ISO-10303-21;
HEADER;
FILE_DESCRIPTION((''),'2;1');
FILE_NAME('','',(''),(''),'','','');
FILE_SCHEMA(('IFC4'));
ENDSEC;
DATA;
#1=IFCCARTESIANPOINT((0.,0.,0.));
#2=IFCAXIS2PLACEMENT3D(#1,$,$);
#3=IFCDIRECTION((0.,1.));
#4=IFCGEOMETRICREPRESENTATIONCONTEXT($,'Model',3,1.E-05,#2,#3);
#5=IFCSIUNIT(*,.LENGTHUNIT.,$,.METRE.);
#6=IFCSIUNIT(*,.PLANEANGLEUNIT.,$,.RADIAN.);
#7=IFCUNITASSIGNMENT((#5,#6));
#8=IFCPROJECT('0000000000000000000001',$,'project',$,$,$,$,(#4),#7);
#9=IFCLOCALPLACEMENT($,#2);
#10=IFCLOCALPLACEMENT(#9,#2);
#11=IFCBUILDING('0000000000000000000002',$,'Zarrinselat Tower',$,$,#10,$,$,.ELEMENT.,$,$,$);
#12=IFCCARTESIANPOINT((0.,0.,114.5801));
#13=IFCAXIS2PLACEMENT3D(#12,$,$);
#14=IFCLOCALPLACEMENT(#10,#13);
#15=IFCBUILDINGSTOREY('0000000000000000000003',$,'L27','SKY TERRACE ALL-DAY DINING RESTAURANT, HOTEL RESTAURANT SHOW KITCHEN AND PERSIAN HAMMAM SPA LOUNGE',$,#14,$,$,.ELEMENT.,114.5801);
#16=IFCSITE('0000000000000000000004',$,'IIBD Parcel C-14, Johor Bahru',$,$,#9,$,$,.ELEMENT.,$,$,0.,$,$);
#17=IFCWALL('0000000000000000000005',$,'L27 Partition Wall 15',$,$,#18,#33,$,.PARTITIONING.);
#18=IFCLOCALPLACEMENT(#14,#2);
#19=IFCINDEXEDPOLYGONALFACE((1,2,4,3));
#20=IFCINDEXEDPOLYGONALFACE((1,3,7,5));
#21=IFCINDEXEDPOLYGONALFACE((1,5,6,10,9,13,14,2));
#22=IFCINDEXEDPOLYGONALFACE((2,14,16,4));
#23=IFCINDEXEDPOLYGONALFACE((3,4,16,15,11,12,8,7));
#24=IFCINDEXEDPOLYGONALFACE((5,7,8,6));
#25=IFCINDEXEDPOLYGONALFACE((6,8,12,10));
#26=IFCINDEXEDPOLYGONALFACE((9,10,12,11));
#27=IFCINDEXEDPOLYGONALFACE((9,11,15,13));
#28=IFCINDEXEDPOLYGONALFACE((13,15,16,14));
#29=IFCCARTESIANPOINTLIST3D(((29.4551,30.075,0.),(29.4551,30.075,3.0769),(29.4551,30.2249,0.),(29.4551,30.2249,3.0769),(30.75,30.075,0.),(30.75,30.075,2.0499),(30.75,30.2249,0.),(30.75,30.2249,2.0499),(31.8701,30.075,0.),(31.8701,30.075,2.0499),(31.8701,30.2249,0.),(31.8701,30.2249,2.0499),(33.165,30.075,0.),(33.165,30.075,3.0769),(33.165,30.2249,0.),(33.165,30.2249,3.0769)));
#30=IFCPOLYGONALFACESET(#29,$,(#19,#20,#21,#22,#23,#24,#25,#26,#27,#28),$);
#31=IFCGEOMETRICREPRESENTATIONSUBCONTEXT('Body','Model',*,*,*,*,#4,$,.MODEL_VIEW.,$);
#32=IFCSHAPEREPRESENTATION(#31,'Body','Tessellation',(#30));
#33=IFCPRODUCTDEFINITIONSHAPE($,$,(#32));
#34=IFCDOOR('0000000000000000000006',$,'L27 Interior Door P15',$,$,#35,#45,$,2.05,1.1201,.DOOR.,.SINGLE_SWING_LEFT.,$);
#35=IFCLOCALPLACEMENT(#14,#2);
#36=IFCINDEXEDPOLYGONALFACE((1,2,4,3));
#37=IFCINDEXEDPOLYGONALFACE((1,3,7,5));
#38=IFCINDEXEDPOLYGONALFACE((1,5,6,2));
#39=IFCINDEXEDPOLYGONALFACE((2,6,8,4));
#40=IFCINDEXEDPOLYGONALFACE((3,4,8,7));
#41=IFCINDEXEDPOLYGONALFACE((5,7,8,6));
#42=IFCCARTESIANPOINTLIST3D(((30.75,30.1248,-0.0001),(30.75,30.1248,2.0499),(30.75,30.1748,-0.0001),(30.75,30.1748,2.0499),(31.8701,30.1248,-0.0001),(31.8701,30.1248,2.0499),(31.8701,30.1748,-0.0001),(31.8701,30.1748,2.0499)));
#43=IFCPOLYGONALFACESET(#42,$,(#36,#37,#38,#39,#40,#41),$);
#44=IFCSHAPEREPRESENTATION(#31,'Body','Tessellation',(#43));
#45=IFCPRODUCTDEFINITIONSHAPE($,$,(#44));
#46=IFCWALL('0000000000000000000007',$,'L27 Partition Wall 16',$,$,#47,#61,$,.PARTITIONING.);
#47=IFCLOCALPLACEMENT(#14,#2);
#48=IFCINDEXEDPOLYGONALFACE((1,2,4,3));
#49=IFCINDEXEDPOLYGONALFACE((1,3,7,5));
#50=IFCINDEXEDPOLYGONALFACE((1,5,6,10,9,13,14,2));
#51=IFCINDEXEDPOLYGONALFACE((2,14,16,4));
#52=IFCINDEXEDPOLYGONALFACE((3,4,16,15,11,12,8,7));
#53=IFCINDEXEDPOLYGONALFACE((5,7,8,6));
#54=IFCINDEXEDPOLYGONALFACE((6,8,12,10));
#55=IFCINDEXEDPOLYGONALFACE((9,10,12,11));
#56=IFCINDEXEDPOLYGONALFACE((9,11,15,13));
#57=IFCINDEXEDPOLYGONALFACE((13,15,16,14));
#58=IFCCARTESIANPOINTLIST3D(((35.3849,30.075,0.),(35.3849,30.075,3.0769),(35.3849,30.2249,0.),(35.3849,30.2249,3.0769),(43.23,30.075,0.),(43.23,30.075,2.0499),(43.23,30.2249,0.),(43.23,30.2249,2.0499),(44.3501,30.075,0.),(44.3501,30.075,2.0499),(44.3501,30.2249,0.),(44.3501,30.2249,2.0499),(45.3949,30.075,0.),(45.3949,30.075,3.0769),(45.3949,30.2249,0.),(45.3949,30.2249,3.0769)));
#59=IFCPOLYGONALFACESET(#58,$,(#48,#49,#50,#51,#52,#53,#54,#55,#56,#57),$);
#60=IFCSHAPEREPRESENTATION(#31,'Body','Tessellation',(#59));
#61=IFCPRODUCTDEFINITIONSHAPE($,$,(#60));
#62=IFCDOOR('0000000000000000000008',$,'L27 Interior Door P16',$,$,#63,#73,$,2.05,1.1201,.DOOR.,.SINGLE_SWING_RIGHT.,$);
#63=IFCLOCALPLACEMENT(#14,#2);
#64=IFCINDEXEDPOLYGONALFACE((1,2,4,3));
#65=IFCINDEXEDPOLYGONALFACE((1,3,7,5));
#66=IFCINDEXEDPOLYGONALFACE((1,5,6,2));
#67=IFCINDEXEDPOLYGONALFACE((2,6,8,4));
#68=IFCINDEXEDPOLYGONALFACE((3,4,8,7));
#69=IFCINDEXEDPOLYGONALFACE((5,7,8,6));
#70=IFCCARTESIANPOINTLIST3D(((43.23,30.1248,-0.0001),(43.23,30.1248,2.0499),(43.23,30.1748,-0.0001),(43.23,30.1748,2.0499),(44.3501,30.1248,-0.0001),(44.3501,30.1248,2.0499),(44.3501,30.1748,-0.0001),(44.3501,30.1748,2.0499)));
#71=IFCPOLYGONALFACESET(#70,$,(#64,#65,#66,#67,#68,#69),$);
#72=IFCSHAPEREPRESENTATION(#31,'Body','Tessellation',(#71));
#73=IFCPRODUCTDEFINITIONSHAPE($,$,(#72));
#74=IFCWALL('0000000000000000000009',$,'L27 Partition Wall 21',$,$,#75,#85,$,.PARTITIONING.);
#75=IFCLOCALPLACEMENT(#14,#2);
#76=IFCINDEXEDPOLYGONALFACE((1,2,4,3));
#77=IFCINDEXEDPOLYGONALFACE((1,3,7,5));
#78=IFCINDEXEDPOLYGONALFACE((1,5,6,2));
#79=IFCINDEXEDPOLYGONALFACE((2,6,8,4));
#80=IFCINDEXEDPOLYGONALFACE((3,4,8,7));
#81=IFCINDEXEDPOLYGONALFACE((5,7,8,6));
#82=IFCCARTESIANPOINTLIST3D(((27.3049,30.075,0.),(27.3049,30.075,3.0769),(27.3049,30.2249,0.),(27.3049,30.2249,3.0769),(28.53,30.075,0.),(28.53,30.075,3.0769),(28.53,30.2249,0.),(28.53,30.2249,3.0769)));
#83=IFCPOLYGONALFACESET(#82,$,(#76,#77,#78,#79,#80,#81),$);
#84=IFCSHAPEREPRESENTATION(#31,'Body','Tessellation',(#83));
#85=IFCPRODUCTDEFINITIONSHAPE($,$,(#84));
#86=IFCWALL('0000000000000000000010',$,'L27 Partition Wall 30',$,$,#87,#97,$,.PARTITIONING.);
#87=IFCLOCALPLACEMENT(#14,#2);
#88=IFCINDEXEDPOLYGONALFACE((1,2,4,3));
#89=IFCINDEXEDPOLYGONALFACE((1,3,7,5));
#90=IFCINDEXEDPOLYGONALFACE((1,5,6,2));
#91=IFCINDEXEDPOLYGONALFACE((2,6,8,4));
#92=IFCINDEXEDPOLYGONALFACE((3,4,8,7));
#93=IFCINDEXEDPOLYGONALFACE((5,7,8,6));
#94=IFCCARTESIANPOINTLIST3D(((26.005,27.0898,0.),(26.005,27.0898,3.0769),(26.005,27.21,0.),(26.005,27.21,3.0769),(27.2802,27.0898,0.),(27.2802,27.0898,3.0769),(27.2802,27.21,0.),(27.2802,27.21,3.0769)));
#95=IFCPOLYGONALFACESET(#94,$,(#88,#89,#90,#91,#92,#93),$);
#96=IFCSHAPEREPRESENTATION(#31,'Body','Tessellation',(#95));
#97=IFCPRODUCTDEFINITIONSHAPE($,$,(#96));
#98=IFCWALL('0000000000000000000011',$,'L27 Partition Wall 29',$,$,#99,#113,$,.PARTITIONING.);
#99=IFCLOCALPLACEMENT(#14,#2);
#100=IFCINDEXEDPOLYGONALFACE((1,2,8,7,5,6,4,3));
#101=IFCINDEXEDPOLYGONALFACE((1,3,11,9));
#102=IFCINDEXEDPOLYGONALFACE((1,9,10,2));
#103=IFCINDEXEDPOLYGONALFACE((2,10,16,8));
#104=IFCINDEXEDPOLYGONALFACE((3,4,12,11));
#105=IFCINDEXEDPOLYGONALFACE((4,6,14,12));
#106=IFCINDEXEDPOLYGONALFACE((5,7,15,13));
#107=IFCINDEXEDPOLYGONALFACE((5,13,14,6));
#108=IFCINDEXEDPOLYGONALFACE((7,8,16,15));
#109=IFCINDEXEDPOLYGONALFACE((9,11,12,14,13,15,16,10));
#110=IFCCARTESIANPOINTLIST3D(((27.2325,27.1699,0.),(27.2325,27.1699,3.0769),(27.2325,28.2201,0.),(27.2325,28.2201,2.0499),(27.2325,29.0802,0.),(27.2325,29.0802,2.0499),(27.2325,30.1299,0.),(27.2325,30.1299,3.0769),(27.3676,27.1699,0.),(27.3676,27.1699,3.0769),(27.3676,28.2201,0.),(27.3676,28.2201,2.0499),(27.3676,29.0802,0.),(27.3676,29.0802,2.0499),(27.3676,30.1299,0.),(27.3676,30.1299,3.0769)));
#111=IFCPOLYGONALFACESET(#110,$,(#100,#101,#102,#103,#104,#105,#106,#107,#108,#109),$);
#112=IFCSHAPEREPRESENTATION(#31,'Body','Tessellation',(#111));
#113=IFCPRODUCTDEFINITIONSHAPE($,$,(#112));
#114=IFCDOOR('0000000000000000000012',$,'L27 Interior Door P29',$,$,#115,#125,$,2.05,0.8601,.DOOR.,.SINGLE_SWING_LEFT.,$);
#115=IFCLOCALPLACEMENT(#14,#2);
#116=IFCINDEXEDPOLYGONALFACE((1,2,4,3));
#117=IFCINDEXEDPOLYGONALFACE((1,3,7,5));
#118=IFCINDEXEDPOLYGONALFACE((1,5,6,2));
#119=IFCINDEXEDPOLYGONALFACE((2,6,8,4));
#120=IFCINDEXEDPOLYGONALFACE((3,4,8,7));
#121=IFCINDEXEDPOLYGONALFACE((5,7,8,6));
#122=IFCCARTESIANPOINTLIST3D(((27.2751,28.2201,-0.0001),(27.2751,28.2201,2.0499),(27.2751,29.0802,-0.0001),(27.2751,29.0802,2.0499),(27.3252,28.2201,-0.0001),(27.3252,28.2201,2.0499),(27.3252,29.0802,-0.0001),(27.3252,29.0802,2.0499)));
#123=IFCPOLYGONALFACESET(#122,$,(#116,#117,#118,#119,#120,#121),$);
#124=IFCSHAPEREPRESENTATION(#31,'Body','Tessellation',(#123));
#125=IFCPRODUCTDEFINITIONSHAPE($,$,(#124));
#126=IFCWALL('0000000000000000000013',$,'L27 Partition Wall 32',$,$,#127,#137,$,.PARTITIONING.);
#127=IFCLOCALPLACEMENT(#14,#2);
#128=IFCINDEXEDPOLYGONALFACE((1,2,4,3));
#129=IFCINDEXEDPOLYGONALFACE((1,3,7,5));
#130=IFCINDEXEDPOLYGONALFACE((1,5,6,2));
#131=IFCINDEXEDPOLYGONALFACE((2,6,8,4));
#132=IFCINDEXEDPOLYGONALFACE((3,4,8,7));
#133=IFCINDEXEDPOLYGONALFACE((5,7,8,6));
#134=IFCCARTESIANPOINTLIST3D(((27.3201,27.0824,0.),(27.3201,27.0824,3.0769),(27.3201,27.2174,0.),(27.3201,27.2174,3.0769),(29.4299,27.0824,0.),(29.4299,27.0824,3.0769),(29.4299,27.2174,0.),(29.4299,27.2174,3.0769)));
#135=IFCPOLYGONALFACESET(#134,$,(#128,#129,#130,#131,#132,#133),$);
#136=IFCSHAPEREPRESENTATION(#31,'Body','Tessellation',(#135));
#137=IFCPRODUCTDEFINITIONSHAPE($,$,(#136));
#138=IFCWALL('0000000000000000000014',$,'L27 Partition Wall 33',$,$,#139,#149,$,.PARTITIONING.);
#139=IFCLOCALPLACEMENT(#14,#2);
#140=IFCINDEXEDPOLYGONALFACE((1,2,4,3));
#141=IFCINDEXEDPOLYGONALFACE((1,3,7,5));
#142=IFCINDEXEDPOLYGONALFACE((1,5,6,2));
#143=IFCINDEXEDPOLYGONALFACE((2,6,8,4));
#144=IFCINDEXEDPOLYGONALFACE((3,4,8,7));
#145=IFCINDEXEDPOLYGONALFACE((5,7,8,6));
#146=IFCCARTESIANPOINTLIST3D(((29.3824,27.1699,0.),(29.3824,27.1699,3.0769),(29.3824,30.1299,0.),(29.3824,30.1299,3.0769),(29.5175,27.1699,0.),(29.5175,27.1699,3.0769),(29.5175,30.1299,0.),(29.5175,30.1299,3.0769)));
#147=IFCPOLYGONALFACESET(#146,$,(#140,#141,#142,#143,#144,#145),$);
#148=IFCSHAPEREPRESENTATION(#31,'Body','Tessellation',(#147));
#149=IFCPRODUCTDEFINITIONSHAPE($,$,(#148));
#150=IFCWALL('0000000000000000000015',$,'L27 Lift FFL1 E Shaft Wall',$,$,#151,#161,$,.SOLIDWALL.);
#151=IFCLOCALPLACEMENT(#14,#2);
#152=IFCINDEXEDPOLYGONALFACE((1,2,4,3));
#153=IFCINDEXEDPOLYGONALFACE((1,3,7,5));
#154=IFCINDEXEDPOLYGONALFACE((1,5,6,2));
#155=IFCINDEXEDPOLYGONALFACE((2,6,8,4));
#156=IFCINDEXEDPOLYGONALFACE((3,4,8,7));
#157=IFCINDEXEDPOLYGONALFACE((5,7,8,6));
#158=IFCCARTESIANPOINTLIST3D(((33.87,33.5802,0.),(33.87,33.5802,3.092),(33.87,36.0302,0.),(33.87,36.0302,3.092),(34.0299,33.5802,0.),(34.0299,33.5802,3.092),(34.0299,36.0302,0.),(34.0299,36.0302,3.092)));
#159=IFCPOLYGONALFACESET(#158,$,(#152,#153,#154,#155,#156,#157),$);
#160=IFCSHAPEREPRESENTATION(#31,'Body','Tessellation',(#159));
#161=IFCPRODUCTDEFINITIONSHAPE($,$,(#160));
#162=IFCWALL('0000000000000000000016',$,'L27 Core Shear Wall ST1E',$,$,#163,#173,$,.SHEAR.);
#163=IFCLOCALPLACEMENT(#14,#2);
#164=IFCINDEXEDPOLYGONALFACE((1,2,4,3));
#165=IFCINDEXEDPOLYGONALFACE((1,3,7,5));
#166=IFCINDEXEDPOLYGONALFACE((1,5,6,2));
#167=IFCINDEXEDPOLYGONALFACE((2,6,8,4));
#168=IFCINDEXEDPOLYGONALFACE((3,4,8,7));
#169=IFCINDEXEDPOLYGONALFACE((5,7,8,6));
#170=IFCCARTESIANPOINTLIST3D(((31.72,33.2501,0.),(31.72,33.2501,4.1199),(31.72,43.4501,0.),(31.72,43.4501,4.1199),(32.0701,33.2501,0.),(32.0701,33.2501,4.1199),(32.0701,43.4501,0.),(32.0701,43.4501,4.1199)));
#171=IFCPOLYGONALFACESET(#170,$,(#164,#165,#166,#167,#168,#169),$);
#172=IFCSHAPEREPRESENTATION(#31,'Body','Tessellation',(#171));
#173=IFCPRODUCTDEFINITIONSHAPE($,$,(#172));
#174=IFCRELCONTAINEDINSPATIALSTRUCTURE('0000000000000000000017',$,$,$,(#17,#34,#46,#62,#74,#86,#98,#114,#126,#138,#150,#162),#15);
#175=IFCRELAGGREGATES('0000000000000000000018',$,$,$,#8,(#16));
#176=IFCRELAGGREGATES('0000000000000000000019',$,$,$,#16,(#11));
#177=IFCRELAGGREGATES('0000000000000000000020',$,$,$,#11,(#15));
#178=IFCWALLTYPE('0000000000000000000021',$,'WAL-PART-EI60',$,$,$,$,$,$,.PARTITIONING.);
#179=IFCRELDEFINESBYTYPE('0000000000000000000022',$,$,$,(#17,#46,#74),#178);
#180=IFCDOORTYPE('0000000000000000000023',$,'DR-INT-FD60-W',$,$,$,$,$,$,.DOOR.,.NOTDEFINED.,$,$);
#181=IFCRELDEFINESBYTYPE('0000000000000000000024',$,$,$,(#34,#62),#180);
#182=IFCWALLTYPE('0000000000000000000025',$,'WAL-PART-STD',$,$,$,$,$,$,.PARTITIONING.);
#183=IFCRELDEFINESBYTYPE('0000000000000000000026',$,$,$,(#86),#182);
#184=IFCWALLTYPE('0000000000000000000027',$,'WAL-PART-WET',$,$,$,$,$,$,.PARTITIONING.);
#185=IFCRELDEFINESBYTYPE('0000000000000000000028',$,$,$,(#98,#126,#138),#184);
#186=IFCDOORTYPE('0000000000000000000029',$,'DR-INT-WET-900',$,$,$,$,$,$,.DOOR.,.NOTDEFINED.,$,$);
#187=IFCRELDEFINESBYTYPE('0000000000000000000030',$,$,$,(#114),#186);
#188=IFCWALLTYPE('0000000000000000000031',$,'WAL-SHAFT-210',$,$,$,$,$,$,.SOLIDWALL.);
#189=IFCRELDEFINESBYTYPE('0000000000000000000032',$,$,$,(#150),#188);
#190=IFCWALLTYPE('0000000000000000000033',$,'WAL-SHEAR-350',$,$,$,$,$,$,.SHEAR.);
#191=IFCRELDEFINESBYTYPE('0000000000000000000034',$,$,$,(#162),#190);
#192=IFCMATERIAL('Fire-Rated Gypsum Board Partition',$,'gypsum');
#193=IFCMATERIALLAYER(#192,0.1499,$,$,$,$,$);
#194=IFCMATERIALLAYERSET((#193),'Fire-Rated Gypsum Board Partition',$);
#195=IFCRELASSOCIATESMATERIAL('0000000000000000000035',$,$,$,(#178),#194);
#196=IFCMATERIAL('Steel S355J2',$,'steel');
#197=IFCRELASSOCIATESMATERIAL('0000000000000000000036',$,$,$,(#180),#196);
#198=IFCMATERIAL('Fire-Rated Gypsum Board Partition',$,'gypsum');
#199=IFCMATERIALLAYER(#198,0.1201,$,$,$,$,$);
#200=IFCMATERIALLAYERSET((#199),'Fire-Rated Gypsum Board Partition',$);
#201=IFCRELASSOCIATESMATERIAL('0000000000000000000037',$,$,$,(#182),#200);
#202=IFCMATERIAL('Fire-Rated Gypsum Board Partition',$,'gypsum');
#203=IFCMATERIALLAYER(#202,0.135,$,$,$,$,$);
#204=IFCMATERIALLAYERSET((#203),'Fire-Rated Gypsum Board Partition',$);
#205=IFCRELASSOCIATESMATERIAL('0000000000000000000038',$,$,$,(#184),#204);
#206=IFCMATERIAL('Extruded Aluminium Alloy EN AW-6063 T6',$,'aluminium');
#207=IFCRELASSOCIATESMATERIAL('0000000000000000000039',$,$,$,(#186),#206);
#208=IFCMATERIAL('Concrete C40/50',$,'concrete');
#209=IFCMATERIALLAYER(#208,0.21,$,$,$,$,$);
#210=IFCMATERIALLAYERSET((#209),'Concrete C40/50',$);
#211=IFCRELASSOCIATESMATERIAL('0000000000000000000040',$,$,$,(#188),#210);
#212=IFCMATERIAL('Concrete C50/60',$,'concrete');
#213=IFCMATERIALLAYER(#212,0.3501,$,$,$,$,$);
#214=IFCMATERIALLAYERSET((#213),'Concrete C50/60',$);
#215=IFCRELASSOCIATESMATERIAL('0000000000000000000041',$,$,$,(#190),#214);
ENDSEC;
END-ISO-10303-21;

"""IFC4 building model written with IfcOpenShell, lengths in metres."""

from ifc_helpers import new_model, si_unit, direction, frame, frame_2d, origin, place, context, subcontext, project, spatial, rectangle, extrude, material, layer, layer_set, type_object, element, fill, save


model = new_model("IFC4")

# Units and contexts
model_context = context("Model", 3, precision=1e-05, world=origin(), true_north=direction((0.0, 1.0)))
body_context = subcontext(model_context, "Body", "Model", "MODEL_VIEW")
ifc_project = project(units=[si_unit("LENGTHUNIT", "METRE"), si_unit("PLANEANGLEUNIT", "RADIAN")], contexts=[model_context])

# Site, building, storey
site_placement = place(None, origin())
site = spatial("IfcSite", under=ifc_project, at=site_placement, Name="IIBD Parcel C-14, Johor Bahru", CompositionType="ELEMENT", RefElevation=0.0)
building_placement = place(site_placement, origin())
building = spatial("IfcBuilding", under=site, at=building_placement, Name="Zarrinselat Tower", CompositionType="ELEMENT")
storey_placement = place(building_placement, frame((0.0, 0.0, 114.5801)))
storey = spatial("IfcBuildingStorey", under=building, at=storey_placement, Name="L27", Description="SKY TERRACE ALL-DAY DINING RESTAURANT, HOTEL RESTAURANT SHOW KITCHEN AND PERSIAN HAMMAM SPA LOUNGE", CompositionType="ELEMENT", Elevation=114.5801)

# Shared definitions
ifc_material_1 = material(Name="Fire-Rated Gypsum Board Partition", Category="gypsum")
ifc_layer_1 = layer(ifc_material_1, 0.1499)
ifc_layer_set_1 = layer_set([ifc_layer_1], Name="Fire-Rated Gypsum Board Partition")
wall_type_1 = type_object("IfcWallType", Name="WAL-PART-EI60", PredefinedType="PARTITIONING", material=ifc_layer_set_1)

# Walls, openings, doors
wall_1_placement = place(storey_placement, frame((29.4551, 30.1499, 0.0), z_axis=(0.0, 0.0, 1.0), x_axis=(1.0, 0.0, 0.0)))
wall_1 = element("IfcWall", 1, at=wall_1_placement, inside=storey, type_object=wall_type_1, Name="L27 Partition Wall 15", PredefinedType="PARTITIONING", context=body_context, shape_type="SweptSolid", body=[
    extrude(rectangle(XDim=3.71, YDim=0.1499, at=frame_2d((1.855, 0.0))), origin(), (0.0, 0.0, 1.0), 3.0769),
])
opening_1_placement = place(wall_1_placement, frame((1.2949, 0.0, 0.0)))
opening_1 = element("IfcOpeningElement", 2, at=opening_1_placement, cuts=wall_1, PredefinedType="OPENING", context=body_context, shape_type="SweptSolid", body=[
    extrude(rectangle(XDim=1.1201, YDim=2.05, at=frame_2d((0.5601, 1.0249))), frame((0.0, 0.085, 0.0), z_axis=(0.0, -1.0, 0.0), x_axis=(1.0, 0.0, 0.0)), (0.0, 0.0, 1.0), 0.1699),
])
ifc_material_2 = material(Name="Steel S355J2", Category="steel")
door_type_1 = type_object("IfcDoorType", Name="DR-INT-FD60-W", OperationType="NOTDEFINED", PredefinedType="DOOR", material=ifc_material_2)
door_1_placement = place(opening_1_placement, origin())
door_1 = element("IfcDoor", 3, at=door_1_placement, inside=storey, type_object=door_type_1, Name="L27 Interior Door P15", OperationType="SINGLE_SWING_LEFT", OverallHeight=2.05, OverallWidth=1.1201, PredefinedType="DOOR", context=body_context, shape_type="SweptSolid", body=[
    extrude(rectangle(XDim=1.1201, YDim=2.05, at=frame_2d((0.5601, 1.0249))), frame((0.0, 0.0249, 0.0), z_axis=(0.0, -1.0, 0.0), x_axis=(1.0, 0.0, 0.0)), (0.0, 0.0, 1.0), 0.05),
])
fill(opening_1, door_1)
wall_2_placement = place(storey_placement, frame((35.385, 30.1499, 0.0), z_axis=(0.0, 0.0, 1.0), x_axis=(1.0, 0.0, 0.0)))
wall_2 = element("IfcWall", 4, at=wall_2_placement, inside=storey, type_object=wall_type_1, Name="L27 Partition Wall 16", PredefinedType="PARTITIONING", context=body_context, shape_type="SweptSolid", body=[
    extrude(rectangle(XDim=10.01, YDim=0.1499, at=frame_2d((5.0049, 0.0))), origin(), (0.0, 0.0, 1.0), 3.0769),
])
opening_2_placement = place(wall_2_placement, frame((7.845, 0.0, 0.0)))
opening_2 = element("IfcOpeningElement", 5, at=opening_2_placement, cuts=wall_2, PredefinedType="OPENING", context=body_context, shape_type="SweptSolid", body=[
    extrude(rectangle(XDim=1.1201, YDim=2.05, at=frame_2d((0.5601, 1.0249))), frame((0.0, 0.085, 0.0), z_axis=(0.0, -1.0, 0.0), x_axis=(1.0, 0.0, 0.0)), (0.0, 0.0, 1.0), 0.1699),
])
door_2_placement = place(opening_2_placement, origin())
door_2 = element("IfcDoor", 6, at=door_2_placement, inside=storey, type_object=door_type_1, Name="L27 Interior Door P16", OperationType="SINGLE_SWING_RIGHT", OverallHeight=2.05, OverallWidth=1.1201, PredefinedType="DOOR", context=body_context, shape_type="SweptSolid", body=[
    extrude(rectangle(XDim=1.1201, YDim=2.05, at=frame_2d((0.5601, 1.0249))), frame((0.0, 0.0249, 0.0), z_axis=(0.0, -1.0, 0.0), x_axis=(1.0, 0.0, 0.0)), (0.0, 0.0, 1.0), 0.05),
])
fill(opening_2, door_2)

# Walls
wall_3_placement = place(storey_placement, frame((27.3049, 30.1499, 0.0), z_axis=(0.0, 0.0, 1.0), x_axis=(1.0, 0.0, 0.0)))
element("IfcWall", 7, at=wall_3_placement, inside=storey, type_object=wall_type_1, Name="L27 Partition Wall 21", PredefinedType="PARTITIONING", context=body_context, shape_type="SweptSolid", body=[
    extrude(rectangle(XDim=1.2251, YDim=0.1499, at=frame_2d((0.6125, 0.0))), origin(), (0.0, 0.0, 1.0), 3.0769),
])
ifc_material_3 = material(Name="Fire-Rated Gypsum Board Partition", Category="gypsum")
ifc_layer_2 = layer(ifc_material_3, 0.1201)
ifc_layer_set_2 = layer_set([ifc_layer_2], Name="Fire-Rated Gypsum Board Partition")
wall_type_2 = type_object("IfcWallType", Name="WAL-PART-STD", PredefinedType="PARTITIONING", material=ifc_layer_set_2)
wall_4_placement = place(storey_placement, frame((26.0049, 27.1499, 0.0), z_axis=(0.0, 0.0, 1.0), x_axis=(1.0, 0.0, 0.0)))
element("IfcWall", 8, at=wall_4_placement, inside=storey, type_object=wall_type_2, Name="L27 Partition Wall 30", PredefinedType="PARTITIONING", context=body_context, shape_type="SweptSolid", body=[
    extrude(rectangle(XDim=1.2751, YDim=0.1201, at=frame_2d((0.6377, 0.0))), origin(), (0.0, 0.0, 1.0), 3.0769),
])

# Wall, opening, door
ifc_material_4 = material(Name="Fire-Rated Gypsum Board Partition", Category="gypsum")
ifc_layer_3 = layer(ifc_material_4, 0.135)
ifc_layer_set_3 = layer_set([ifc_layer_3], Name="Fire-Rated Gypsum Board Partition")
wall_type_3 = type_object("IfcWallType", Name="WAL-PART-WET", PredefinedType="PARTITIONING", material=ifc_layer_set_3)
wall_5_placement = place(storey_placement, frame((27.3, 27.1699, 0.0), z_axis=(0.0, 0.0, 1.0), x_axis=(0.0, 1.0, 0.0)))
wall_5 = element("IfcWall", 9, at=wall_5_placement, inside=storey, type_object=wall_type_3, Name="L27 Partition Wall 29", PredefinedType="PARTITIONING", context=body_context, shape_type="SweptSolid", body=[
    extrude(rectangle(XDim=2.96, YDim=0.135, at=frame_2d((1.48, 0.0))), origin(), (0.0, 0.0, 1.0), 3.0769),
])
opening_3_placement = place(wall_5_placement, frame((1.05, 0.0, 0.0)))
opening_3 = element("IfcOpeningElement", 10, at=opening_3_placement, cuts=wall_5, PredefinedType="OPENING", context=body_context, shape_type="SweptSolid", body=[
    extrude(rectangle(XDim=0.8601, YDim=2.05, at=frame_2d((0.4302, 1.0249))), frame((0.0, 0.0774, 0.0), z_axis=(0.0, -1.0, 0.0), x_axis=(1.0, 0.0, 0.0)), (0.0, 0.0, 1.0), 0.155),
])
ifc_material_5 = material(Name="Extruded Aluminium Alloy EN AW-6063 T6", Category="aluminium")
door_type_2 = type_object("IfcDoorType", Name="DR-INT-WET-900", OperationType="NOTDEFINED", PredefinedType="DOOR", material=ifc_material_5)
door_3_placement = place(opening_3_placement, origin())
door_3 = element("IfcDoor", 11, at=door_3_placement, inside=storey, type_object=door_type_2, Name="L27 Interior Door P29", OperationType="SINGLE_SWING_LEFT", OverallHeight=2.05, OverallWidth=0.8601, PredefinedType="DOOR", context=body_context, shape_type="SweptSolid", body=[
    extrude(rectangle(XDim=0.8601, YDim=2.05, at=frame_2d((0.4302, 1.0249))), frame((0.0, 0.0249, 0.0), z_axis=(0.0, -1.0, 0.0), x_axis=(1.0, 0.0, 0.0)), (0.0, 0.0, 1.0), 0.05),
])
fill(opening_3, door_3)

# Walls
wall_6_placement = place(storey_placement, frame((27.3201, 27.1499, 0.0), z_axis=(0.0, 0.0, 1.0), x_axis=(1.0, 0.0, 0.0)))
element("IfcWall", 12, at=wall_6_placement, inside=storey, type_object=wall_type_3, Name="L27 Partition Wall 32", PredefinedType="PARTITIONING", context=body_context, shape_type="SweptSolid", body=[
    extrude(rectangle(XDim=2.1099, YDim=0.135, at=frame_2d((1.0549, 0.0))), origin(), (0.0, 0.0, 1.0), 3.0769),
])
wall_7_placement = place(storey_placement, frame((29.45, 27.1699, 0.0), z_axis=(0.0, 0.0, 1.0), x_axis=(0.0, 1.0, 0.0)))
element("IfcWall", 13, at=wall_7_placement, inside=storey, type_object=wall_type_3, Name="L27 Partition Wall 33", PredefinedType="PARTITIONING", context=body_context, shape_type="SweptSolid", body=[
    extrude(rectangle(XDim=2.96, YDim=0.135, at=frame_2d((1.48, 0.0))), origin(), (0.0, 0.0, 1.0), 3.0769),
])
ifc_material_6 = material(Name="Concrete C40/50", Category="concrete")
ifc_layer_4 = layer(ifc_material_6, 0.21)
ifc_layer_set_4 = layer_set([ifc_layer_4], Name="Concrete C40/50")
wall_type_4 = type_object("IfcWallType", Name="WAL-SHAFT-210", PredefinedType="SOLIDWALL", material=ifc_layer_set_4)
wall_8_placement = place(storey_placement, frame((33.95, 33.5801, 0.0), z_axis=(0.0, 0.0, 1.0), x_axis=(0.0, 1.0, 0.0)))
element("IfcWall", 14, at=wall_8_placement, inside=storey, type_object=wall_type_4, Name="L27 Lift FFL1 E Shaft Wall", PredefinedType="SOLIDWALL", context=body_context, shape_type="SweptSolid", body=[
    extrude(rectangle(XDim=2.45, YDim=0.1599, at=frame_2d((1.2251, 0.0))), origin(), (0.0, 0.0, 1.0), 3.092),
])
ifc_material_7 = material(Name="Concrete C50/60", Category="concrete")
ifc_layer_5 = layer(ifc_material_7, 0.3501)
ifc_layer_set_5 = layer_set([ifc_layer_5], Name="Concrete C50/60")
wall_type_5 = type_object("IfcWallType", Name="WAL-SHEAR-350", PredefinedType="SHEAR", material=ifc_layer_set_5)
wall_9_placement = place(storey_placement, frame((31.895, 33.25, 0.0), z_axis=(0.0, 0.0, 1.0), x_axis=(0.0, 1.0, 0.0)))
element("IfcWall", 15, at=wall_9_placement, inside=storey, type_object=wall_type_5, Name="L27 Core Shear Wall ST1E", PredefinedType="SHEAR", context=body_context, shape_type="SweptSolid", body=[
    extrude(rectangle(XDim=10.2, YDim=0.3501, at=frame_2d((5.1001, 0.0))), origin(), (0.0, 0.0, 1.0), 4.1199),
])

save(model, "model.ifc")
